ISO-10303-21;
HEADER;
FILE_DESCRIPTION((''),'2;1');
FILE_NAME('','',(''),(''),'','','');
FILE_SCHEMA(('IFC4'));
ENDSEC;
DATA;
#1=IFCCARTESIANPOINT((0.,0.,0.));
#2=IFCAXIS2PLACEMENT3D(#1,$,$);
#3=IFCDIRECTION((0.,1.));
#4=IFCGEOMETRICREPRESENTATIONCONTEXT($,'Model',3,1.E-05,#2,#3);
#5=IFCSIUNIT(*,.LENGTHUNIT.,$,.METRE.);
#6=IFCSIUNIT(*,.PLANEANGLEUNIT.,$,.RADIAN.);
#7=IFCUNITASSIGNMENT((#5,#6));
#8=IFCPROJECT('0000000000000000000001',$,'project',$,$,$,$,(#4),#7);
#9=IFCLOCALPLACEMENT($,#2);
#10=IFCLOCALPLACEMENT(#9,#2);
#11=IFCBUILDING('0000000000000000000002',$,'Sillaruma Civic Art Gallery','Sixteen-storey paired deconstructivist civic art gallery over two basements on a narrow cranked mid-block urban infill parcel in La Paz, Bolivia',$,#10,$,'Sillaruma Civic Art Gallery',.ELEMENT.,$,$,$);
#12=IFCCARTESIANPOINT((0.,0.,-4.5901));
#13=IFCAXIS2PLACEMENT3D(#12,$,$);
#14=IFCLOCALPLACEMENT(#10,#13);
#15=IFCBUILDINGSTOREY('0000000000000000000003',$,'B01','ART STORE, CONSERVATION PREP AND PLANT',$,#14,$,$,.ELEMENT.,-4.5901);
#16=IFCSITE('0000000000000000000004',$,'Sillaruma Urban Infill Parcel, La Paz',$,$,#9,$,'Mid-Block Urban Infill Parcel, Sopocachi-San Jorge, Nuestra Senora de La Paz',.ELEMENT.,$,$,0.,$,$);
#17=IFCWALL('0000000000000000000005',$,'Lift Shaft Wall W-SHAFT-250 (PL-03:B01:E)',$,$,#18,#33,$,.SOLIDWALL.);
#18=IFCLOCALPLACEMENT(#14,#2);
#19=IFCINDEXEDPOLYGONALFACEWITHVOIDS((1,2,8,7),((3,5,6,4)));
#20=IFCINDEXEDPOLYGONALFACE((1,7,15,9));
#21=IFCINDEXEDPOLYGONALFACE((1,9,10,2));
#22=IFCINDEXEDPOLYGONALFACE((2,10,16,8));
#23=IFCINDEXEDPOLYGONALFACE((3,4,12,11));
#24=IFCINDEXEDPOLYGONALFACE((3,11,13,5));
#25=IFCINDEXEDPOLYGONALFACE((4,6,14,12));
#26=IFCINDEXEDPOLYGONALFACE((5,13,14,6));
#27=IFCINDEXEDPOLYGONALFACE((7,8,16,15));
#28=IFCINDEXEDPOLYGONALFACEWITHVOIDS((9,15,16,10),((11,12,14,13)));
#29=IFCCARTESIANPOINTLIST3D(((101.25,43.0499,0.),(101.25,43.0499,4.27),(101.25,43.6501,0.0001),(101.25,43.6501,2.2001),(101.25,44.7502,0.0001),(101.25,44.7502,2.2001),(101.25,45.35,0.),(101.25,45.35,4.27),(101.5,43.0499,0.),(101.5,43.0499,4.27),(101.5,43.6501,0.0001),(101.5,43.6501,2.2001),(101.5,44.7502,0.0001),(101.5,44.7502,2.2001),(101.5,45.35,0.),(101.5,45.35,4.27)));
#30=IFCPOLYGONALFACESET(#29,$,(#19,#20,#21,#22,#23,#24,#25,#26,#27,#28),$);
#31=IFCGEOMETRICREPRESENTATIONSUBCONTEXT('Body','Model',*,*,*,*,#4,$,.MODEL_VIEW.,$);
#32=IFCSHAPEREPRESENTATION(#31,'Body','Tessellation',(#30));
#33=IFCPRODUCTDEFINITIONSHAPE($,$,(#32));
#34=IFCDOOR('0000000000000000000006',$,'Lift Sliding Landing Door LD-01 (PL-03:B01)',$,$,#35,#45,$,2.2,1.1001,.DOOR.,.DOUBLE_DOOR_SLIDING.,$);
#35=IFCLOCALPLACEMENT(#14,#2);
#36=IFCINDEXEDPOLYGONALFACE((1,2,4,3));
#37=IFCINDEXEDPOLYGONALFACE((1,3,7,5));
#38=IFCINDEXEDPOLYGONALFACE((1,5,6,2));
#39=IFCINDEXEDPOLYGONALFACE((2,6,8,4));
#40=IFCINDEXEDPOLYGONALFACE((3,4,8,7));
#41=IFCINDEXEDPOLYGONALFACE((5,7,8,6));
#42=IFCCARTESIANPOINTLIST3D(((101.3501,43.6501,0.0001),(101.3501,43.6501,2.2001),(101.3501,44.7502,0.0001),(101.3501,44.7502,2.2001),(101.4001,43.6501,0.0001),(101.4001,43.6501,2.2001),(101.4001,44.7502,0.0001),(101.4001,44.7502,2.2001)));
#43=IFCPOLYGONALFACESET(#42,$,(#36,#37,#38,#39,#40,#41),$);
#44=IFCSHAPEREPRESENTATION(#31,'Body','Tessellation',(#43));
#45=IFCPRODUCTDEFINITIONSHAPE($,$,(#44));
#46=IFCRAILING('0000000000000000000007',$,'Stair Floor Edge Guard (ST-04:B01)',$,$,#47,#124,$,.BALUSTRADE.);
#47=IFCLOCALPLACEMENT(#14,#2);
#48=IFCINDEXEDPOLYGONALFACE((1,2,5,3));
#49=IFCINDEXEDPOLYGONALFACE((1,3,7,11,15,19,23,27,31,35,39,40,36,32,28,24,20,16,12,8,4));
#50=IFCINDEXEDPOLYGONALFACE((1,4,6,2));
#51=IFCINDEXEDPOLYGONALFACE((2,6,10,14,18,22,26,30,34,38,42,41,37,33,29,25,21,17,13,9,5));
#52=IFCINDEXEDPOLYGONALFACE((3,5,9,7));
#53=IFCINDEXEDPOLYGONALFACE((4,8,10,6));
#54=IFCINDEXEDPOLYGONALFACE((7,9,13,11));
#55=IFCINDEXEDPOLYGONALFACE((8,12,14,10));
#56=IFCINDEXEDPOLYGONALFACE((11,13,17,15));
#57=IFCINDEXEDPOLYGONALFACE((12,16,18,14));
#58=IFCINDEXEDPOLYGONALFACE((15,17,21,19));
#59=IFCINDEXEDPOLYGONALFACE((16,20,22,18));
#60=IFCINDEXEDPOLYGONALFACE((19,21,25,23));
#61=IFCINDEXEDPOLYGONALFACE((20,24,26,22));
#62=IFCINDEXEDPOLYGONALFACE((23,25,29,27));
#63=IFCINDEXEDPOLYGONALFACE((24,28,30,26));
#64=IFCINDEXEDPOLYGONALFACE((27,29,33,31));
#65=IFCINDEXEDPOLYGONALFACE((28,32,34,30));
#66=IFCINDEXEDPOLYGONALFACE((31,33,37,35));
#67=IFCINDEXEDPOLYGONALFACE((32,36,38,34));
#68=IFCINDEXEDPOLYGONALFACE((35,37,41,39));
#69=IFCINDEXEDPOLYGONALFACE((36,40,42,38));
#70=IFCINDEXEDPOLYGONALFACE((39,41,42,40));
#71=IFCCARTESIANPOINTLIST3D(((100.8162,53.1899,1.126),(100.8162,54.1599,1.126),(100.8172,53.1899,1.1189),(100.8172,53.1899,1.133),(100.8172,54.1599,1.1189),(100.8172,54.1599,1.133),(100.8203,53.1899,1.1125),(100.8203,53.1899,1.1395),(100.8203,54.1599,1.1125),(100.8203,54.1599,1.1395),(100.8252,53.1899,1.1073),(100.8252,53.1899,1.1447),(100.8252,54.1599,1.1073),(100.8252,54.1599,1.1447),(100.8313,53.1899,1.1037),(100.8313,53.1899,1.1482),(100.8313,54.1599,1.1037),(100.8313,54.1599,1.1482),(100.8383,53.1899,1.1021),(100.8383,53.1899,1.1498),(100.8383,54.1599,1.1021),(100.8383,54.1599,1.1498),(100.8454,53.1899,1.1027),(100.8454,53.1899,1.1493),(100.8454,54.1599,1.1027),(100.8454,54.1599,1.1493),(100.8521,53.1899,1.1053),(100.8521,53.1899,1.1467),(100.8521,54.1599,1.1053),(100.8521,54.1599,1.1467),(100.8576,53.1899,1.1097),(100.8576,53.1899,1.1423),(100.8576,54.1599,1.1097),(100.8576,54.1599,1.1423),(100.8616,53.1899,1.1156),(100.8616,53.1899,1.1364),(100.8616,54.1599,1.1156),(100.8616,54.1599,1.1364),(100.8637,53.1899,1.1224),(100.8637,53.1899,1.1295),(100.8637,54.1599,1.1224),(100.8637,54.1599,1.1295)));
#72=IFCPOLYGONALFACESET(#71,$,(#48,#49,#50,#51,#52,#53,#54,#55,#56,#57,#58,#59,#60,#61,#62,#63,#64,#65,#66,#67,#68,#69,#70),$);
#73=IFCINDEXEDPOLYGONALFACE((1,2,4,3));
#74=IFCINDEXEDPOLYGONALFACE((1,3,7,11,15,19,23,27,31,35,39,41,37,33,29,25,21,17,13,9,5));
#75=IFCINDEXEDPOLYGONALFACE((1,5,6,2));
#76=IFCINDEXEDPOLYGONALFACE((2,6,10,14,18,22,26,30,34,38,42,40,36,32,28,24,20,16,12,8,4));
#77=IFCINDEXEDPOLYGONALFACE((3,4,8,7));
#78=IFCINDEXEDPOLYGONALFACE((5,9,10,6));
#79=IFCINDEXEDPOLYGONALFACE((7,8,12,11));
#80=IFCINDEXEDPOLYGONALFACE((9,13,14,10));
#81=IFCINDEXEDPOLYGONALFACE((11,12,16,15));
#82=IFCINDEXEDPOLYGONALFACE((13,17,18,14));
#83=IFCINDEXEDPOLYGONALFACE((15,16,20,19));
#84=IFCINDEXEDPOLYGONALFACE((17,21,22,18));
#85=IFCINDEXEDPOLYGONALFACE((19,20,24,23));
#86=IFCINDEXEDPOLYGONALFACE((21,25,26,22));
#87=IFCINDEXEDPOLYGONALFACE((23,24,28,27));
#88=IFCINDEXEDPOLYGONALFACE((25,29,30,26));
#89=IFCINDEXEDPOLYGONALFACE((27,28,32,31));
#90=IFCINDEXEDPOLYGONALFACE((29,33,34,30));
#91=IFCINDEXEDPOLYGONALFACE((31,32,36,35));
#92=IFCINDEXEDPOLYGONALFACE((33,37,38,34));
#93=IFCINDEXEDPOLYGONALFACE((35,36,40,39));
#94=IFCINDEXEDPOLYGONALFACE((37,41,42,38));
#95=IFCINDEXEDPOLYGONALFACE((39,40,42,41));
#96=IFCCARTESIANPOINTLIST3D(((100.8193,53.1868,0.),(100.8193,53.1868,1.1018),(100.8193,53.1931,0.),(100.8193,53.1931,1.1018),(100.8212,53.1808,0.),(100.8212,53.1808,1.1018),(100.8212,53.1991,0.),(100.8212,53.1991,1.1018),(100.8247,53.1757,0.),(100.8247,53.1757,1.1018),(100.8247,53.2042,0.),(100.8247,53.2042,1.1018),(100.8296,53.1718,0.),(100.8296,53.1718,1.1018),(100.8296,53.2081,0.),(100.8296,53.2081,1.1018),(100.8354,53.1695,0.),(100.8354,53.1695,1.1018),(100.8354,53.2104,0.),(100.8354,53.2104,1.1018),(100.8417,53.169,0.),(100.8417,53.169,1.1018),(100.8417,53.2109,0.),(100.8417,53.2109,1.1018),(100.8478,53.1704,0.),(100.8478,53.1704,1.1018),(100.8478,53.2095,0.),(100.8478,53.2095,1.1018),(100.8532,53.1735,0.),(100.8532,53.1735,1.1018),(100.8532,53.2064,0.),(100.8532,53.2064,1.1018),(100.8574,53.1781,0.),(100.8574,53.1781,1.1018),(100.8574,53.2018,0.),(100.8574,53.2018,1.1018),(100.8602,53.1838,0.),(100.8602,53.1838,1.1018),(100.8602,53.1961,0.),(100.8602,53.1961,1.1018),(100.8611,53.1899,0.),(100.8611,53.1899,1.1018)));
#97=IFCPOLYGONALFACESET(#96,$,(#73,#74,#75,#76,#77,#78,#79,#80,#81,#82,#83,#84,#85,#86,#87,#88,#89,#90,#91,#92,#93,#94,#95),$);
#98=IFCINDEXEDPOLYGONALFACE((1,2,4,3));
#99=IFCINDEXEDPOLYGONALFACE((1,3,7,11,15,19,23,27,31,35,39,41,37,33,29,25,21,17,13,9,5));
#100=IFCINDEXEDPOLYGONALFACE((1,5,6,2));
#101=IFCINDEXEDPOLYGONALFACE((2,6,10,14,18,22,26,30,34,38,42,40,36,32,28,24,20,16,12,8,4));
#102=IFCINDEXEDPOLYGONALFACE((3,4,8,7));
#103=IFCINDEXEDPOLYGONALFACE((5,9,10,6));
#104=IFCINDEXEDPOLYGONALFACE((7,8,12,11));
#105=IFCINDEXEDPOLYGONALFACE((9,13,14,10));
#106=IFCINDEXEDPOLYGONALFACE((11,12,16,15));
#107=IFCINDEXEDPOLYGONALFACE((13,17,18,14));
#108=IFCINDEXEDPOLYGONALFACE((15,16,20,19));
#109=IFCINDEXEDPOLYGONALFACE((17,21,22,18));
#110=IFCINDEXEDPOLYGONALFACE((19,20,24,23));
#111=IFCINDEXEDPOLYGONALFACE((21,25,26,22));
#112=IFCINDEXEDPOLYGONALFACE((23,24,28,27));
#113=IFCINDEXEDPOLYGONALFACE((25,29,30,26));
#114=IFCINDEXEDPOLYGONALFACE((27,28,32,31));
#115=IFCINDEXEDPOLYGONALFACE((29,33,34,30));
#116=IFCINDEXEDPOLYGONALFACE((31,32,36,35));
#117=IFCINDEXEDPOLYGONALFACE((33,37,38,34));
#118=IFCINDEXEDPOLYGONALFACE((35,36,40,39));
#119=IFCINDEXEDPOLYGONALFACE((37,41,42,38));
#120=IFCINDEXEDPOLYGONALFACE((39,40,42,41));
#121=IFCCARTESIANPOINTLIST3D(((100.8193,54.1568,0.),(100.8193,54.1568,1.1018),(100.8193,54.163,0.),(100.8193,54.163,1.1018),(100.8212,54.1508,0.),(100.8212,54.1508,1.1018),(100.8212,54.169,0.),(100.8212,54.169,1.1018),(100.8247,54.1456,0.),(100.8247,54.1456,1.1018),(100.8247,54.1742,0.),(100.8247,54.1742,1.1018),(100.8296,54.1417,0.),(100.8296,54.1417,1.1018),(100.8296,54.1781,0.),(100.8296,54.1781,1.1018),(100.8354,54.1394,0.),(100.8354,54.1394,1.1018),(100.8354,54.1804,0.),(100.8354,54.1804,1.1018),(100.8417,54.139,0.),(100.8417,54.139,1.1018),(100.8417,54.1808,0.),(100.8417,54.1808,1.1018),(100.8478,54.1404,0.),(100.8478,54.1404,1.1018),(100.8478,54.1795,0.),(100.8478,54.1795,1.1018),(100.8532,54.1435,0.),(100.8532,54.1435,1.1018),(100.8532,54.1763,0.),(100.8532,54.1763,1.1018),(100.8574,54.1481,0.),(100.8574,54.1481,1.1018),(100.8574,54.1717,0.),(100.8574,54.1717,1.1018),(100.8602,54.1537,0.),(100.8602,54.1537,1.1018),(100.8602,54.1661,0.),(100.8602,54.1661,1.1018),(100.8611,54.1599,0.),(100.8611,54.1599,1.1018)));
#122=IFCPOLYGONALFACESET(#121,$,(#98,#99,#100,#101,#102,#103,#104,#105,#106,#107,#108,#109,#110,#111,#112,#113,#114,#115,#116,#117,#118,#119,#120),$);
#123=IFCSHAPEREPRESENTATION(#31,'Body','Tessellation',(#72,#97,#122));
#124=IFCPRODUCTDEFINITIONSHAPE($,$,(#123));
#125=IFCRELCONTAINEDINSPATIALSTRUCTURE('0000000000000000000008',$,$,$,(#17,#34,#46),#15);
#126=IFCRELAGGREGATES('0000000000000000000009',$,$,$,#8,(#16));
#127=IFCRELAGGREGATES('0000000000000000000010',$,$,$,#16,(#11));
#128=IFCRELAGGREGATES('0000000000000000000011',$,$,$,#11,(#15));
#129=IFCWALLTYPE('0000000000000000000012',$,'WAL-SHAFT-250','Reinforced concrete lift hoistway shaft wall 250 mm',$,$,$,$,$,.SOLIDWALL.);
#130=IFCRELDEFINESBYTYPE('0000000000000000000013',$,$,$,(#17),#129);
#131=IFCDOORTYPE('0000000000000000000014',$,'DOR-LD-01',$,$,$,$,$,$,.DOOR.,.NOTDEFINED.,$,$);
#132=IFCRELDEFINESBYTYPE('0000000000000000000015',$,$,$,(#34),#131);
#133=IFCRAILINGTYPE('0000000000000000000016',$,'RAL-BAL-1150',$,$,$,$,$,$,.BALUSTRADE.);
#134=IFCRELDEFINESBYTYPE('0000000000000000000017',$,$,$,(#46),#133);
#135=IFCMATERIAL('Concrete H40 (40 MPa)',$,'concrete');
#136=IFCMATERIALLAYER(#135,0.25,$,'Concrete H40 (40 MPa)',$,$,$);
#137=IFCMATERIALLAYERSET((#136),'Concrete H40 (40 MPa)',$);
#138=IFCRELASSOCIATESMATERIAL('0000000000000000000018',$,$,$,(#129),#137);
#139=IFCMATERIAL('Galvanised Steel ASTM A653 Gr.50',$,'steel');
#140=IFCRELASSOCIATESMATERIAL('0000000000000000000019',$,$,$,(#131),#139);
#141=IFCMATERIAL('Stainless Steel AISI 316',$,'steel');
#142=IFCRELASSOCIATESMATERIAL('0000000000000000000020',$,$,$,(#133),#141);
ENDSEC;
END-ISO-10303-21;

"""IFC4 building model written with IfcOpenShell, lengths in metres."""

from ifc_helpers import new_model, si_unit, direction, frame, frame_2d, origin, origin_2d, place, context, subcontext, project, spatial, rectangle, circle, extrude, material, layer, layer_set, type_object, element, fill, save


model = new_model("IFC4")

# Units and contexts
model_context = context("Model", 3, precision=1e-05, world=origin(), true_north=direction((0.0, 1.0)))
body_context = subcontext(model_context, "Body", "Model", "MODEL_VIEW")
ifc_project = project(units=[si_unit("LENGTHUNIT", "METRE"), si_unit("PLANEANGLEUNIT", "RADIAN")], contexts=[model_context])

# Site, building, storey
site_placement = place(None, origin())
site = spatial("IfcSite", under=ifc_project, at=site_placement, Name="Sillaruma Urban Infill Parcel, La Paz", LongName="Mid-Block Urban Infill Parcel, Sopocachi-San Jorge, Nuestra Senora de La Paz", CompositionType="ELEMENT", RefElevation=0.0)
building_placement = place(site_placement, origin())
building = spatial("IfcBuilding", under=site, at=building_placement, Name="Sillaruma Civic Art Gallery", Description="Sixteen-storey paired deconstructivist civic art gallery over two basements on a narrow cranked mid-block urban infill parcel in La Paz, Bolivia", LongName="Sillaruma Civic Art Gallery", CompositionType="ELEMENT")
storey_placement = place(building_placement, frame((0.0, 0.0, -4.5901)))
storey = spatial("IfcBuildingStorey", under=building, at=storey_placement, Name="B01", Description="ART STORE, CONSERVATION PREP AND PLANT", CompositionType="ELEMENT", Elevation=-4.5901)

# Shared definitions
ifc_material_1 = material(Name="Concrete H40 (40 MPa)", Category="concrete")

# Shared definitions
ifc_material_2 = material(Name="Galvanised Steel ASTM A653 Gr.50", Category="steel")

# Shared definitions
ifc_layer_1 = layer(ifc_material_1, 0.25, Name="Concrete H40 (40 MPa)")
ifc_layer_set_1 = layer_set([ifc_layer_1], Name="Concrete H40 (40 MPa)")
wall_type_1 = type_object("IfcWallType", Name="WAL-SHAFT-250", Description="Reinforced concrete lift hoistway shaft wall 250 mm", PredefinedType="SOLIDWALL", material=ifc_layer_set_1)

# Wall, opening, door
wall_1_placement = place(storey_placement, frame((101.375, 43.05, 0.0), z_axis=(0.0, 0.0, 1.0), x_axis=(0.0, 1.0, 0.0)))
wall_1 = element("IfcWall", 1, at=wall_1_placement, inside=storey, type_object=wall_type_1, Name="Lift Shaft Wall W-SHAFT-250 (PL-03:B01:E)", PredefinedType="SOLIDWALL", context=body_context, shape_type="SweptSolid", body=[
    extrude(rectangle(XDim=2.3, YDim=0.25, at=frame_2d((1.1499, 0.0))), origin(), (0.0, 0.0, 1.0), 4.27),
])
opening_1_placement = place(wall_1_placement, frame((0.6001, 0.0, 0.0)))
opening_1 = element("IfcOpeningElement", 2, at=opening_1_placement, cuts=wall_1, PredefinedType="OPENING", context=body_context, shape_type="SweptSolid", body=[
    extrude(rectangle(XDim=1.1001, YDim=2.2, at=frame_2d((0.55, 1.1001))), frame((0.0, 0.135, 0.0), z_axis=(0.0, -1.0, 0.0), x_axis=(1.0, 0.0, 0.0)), (0.0, 0.0, 1.0), 0.27),
])
door_type_1 = type_object("IfcDoorType", Name="DOR-LD-01", OperationType="NOTDEFINED", PredefinedType="DOOR", material=ifc_material_2)
door_1_placement = place(opening_1_placement, origin())
door_1 = element("IfcDoor", 3, at=door_1_placement, inside=storey, type_object=door_type_1, Name="Lift Sliding Landing Door LD-01 (PL-03:B01)", OperationType="DOUBLE_DOOR_SLIDING", OverallHeight=2.2, OverallWidth=1.1001, PredefinedType="DOOR", context=body_context, shape_type="SweptSolid", body=[
    extrude(rectangle(XDim=1.1001, YDim=2.2, at=frame_2d((0.55, 1.1001))), frame((0.0, 0.0249, 0.0), z_axis=(0.0, -1.0, 0.0), x_axis=(1.0, 0.0, 0.0)), (0.0, 0.0, 1.0), 0.05),
])
fill(opening_1, door_1)

# Railing
ifc_material_3 = material(Name="Stainless Steel AISI 316", Category="steel")
railing_type_1 = type_object("IfcRailingType", Name="RAL-BAL-1150", PredefinedType="BALUSTRADE", material=ifc_material_3)
railing_1_placement = place(storey_placement, frame((100.8401, 53.1899, 0.0)))
element("IfcRailing", 4, at=railing_1_placement, inside=storey, type_object=railing_type_1, Name="Stair Floor Edge Guard (ST-04:B01)", PredefinedType="BALUSTRADE", context=body_context, shape_type="SweptSolid", body=[
    extrude(circle(Radius=0.0239, at=origin_2d()), frame((0.0, 0.0, 1.126), z_axis=(0.0, 1.0, 0.0), x_axis=(-1.0, 0.0, 0.0)), (0.0, 0.0, 1.0), 0.97),
    extrude(circle(Radius=0.021, at=origin_2d()), origin(), (0.0, 0.0, 1.0), 1.1018),
    extrude(circle(Radius=0.021, at=origin_2d()), frame((0.0, 0.97, 0.0)), (0.0, 0.0, 1.0), 1.1018),
])

save(model, "model.ifc")
